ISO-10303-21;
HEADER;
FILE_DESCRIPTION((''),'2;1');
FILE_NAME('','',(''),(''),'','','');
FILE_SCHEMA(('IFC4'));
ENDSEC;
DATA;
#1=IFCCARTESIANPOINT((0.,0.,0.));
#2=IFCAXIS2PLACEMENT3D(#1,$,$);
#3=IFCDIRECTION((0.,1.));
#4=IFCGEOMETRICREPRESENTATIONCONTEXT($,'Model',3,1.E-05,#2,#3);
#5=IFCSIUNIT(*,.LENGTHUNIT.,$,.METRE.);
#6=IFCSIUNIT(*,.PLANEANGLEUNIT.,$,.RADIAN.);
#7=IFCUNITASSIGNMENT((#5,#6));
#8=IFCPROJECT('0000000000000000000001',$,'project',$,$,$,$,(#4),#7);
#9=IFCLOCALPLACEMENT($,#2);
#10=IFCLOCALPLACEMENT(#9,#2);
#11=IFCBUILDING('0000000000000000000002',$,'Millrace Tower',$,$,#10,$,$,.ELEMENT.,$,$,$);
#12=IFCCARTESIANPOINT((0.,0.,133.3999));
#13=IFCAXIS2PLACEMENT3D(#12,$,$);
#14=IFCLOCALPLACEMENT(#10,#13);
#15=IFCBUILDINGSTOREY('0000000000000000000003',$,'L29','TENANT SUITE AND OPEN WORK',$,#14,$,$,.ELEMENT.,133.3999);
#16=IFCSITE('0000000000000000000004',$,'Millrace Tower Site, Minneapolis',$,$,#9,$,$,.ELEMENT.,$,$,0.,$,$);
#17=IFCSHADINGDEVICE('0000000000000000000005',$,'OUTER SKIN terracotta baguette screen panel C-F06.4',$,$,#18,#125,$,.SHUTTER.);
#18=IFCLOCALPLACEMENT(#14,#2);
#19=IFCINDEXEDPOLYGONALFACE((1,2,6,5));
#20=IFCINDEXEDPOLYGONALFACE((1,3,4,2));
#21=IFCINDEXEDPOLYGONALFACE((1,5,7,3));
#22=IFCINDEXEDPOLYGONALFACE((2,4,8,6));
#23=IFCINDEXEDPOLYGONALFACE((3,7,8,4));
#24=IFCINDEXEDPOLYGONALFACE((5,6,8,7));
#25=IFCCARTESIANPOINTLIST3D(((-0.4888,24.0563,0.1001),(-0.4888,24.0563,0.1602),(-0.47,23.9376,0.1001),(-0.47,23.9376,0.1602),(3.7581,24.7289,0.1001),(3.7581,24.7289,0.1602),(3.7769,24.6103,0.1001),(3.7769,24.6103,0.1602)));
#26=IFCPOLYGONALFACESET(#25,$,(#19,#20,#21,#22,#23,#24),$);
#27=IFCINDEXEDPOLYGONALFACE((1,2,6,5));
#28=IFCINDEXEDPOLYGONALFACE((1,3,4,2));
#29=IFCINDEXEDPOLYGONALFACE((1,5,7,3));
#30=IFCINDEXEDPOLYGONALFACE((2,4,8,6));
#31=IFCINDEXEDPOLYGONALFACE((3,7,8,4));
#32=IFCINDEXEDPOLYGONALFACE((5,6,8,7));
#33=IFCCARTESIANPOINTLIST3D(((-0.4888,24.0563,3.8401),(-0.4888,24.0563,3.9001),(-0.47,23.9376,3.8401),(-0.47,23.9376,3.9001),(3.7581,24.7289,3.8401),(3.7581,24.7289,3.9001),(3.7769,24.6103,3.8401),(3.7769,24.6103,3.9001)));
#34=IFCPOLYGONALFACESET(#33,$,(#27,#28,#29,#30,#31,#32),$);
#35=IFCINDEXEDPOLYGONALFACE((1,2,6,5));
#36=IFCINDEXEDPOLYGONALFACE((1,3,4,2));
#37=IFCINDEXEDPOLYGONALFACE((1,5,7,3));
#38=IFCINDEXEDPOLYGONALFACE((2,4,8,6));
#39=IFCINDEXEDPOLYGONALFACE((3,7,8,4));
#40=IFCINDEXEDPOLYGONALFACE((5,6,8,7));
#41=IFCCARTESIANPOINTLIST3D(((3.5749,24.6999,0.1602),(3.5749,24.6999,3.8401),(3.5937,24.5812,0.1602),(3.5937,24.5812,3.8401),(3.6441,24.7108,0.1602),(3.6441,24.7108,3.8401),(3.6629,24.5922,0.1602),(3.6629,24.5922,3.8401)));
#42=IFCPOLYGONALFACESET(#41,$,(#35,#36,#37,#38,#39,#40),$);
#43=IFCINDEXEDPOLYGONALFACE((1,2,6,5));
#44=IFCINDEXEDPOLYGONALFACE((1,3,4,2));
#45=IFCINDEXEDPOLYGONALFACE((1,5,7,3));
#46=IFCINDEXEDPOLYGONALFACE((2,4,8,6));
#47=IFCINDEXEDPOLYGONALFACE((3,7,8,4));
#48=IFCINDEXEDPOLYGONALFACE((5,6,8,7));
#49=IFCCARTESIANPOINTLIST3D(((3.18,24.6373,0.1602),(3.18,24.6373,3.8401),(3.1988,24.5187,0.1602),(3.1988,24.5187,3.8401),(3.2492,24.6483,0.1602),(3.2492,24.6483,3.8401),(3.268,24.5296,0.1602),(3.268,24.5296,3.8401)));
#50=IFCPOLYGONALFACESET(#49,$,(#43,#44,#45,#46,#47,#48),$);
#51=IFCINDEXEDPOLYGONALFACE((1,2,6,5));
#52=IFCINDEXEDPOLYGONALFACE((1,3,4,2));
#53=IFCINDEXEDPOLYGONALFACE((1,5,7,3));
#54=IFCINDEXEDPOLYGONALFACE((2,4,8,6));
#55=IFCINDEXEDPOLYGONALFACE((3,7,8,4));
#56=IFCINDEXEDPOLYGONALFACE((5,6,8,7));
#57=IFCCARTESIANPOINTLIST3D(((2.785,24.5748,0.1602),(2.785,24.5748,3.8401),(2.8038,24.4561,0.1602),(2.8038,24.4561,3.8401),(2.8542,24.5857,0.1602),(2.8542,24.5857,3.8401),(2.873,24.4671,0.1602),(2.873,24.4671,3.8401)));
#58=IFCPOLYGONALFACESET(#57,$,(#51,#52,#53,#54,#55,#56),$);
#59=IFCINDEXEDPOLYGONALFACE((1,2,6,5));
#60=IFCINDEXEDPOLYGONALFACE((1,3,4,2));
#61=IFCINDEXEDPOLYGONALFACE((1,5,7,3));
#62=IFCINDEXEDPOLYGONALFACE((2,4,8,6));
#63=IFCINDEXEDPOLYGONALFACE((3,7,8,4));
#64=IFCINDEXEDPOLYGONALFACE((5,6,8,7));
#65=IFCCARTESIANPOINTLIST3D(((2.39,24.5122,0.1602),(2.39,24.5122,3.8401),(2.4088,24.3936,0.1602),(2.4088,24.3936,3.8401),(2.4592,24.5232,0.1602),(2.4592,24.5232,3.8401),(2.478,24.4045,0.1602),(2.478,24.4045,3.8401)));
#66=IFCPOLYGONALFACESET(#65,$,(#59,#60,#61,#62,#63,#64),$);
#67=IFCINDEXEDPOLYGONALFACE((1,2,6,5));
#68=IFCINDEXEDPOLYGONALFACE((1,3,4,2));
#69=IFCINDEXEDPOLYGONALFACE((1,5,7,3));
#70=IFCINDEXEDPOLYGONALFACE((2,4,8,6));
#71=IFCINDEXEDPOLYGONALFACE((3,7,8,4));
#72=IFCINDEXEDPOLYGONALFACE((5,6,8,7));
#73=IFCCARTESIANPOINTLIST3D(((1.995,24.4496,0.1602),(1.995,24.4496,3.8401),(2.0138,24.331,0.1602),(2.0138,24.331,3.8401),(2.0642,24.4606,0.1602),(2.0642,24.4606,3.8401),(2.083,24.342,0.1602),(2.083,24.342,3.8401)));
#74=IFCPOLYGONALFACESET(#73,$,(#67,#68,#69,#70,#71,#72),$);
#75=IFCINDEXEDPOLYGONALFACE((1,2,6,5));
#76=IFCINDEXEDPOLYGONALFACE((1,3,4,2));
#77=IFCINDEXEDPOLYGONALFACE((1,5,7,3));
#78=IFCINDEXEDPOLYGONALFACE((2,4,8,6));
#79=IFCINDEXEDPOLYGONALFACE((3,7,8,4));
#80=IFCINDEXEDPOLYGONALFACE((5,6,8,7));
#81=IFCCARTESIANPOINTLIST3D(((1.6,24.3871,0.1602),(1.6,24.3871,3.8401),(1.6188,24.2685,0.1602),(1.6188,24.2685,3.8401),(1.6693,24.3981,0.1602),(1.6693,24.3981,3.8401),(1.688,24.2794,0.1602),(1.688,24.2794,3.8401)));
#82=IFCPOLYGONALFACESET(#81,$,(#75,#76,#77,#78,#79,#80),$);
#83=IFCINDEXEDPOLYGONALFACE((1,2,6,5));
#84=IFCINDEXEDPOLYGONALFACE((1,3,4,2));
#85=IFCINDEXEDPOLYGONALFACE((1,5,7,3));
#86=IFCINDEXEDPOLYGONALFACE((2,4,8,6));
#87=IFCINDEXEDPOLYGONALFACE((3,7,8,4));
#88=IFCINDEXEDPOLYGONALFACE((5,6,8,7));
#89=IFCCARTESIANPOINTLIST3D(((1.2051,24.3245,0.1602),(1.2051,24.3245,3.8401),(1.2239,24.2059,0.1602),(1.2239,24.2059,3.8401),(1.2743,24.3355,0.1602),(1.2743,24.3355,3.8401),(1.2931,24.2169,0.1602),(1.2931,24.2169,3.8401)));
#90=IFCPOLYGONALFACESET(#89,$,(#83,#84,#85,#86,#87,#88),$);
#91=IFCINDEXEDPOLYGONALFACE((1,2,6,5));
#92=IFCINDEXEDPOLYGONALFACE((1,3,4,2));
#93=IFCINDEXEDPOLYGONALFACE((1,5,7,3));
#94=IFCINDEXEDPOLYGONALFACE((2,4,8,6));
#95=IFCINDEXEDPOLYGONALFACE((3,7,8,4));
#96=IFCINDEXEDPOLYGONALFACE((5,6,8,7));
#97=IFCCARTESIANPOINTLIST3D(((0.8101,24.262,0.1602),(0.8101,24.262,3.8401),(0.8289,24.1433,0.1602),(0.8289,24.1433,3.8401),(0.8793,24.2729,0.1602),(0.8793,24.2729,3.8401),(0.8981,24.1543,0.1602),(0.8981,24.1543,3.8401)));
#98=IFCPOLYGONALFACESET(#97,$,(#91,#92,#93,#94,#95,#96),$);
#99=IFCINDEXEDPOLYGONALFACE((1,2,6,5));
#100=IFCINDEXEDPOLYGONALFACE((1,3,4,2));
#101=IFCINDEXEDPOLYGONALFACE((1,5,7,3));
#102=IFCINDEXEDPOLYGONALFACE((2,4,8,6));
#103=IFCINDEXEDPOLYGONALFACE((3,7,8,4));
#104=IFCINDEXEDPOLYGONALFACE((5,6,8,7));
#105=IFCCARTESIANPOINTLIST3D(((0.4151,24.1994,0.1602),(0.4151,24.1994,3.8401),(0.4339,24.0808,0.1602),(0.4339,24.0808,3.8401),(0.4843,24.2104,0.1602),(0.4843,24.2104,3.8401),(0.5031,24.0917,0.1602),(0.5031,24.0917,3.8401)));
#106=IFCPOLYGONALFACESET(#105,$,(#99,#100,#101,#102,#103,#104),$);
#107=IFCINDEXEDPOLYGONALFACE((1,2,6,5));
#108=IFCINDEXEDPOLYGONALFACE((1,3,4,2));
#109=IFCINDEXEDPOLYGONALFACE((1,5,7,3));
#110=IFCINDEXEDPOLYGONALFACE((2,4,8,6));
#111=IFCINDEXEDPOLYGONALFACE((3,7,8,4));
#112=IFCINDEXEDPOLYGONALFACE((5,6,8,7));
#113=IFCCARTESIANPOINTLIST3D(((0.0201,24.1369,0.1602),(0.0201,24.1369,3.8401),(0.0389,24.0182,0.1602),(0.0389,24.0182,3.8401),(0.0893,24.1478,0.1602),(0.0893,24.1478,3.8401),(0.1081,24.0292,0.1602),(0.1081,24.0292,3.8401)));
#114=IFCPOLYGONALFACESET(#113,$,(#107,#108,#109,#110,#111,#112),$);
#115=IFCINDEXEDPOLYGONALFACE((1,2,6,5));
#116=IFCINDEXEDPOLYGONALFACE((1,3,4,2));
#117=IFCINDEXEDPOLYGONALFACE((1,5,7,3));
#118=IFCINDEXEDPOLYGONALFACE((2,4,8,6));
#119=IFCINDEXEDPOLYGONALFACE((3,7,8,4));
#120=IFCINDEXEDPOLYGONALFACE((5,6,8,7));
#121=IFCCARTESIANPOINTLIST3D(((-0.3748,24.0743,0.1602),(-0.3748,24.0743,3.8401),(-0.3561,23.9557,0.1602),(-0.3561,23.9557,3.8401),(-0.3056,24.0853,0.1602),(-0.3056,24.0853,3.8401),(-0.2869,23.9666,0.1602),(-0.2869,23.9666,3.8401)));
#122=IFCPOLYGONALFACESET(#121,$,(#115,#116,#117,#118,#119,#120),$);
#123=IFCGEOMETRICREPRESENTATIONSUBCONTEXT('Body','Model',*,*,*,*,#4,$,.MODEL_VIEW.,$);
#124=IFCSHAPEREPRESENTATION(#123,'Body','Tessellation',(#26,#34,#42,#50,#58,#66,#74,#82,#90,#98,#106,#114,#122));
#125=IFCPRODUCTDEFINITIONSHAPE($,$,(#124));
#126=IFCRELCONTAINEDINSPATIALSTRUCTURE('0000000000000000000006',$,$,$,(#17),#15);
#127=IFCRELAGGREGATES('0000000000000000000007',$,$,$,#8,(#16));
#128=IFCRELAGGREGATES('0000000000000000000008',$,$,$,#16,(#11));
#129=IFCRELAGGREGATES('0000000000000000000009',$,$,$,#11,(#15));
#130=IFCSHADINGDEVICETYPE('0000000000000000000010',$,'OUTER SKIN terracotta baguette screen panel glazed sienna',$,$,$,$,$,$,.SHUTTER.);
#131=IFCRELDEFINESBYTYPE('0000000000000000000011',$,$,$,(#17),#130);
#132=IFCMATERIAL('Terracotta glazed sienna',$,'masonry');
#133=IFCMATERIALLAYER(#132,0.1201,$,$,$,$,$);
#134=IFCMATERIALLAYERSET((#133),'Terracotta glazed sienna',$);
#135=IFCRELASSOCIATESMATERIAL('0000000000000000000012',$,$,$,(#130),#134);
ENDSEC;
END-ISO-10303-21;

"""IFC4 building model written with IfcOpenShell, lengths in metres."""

from ifc_helpers import new_model, entity, si_unit, direction, frame, frame_2d, origin, origin_2d, place, context, subcontext, project, spatial, rectangle, extrude, source, transform, mapped, material, layer, layer_set, type_object, element, save


model = new_model("IFC4")

# Units and contexts
model_context = context("Model", 3, precision=1e-05, world=origin(), true_north=direction((0.0, 1.0)))
body_context = subcontext(model_context, "Body", "Model", "MODEL_VIEW")
ifc_project = project(units=[si_unit("LENGTHUNIT", "METRE"), si_unit("PLANEANGLEUNIT", "RADIAN")], contexts=[model_context])

# Site, building, storey
site_placement = place(None, origin())
site = spatial("IfcSite", under=ifc_project, at=site_placement, Name="Millrace Tower Site, Minneapolis", CompositionType="ELEMENT", RefElevation=0.0)
building_placement = place(site_placement, origin())
building = spatial("IfcBuilding", under=site, at=building_placement, Name="Millrace Tower", CompositionType="ELEMENT")
storey_placement = place(building_placement, frame((0.0, 0.0, 133.3999)))
storey = spatial("IfcBuildingStorey", under=building, at=storey_placement, Name="L29", Description="TENANT SUITE AND OPEN WORK", CompositionType="ELEMENT", Elevation=133.3999)

# Shading device
ifc_material_1 = material(Name="Terracotta glazed sienna", Category="masonry")
ifc_layer_1 = layer(ifc_material_1, 0.1201)
ifc_layer_set_1 = layer_set([ifc_layer_1], Name="Terracotta glazed sienna")
shading_device_type = type_object("IfcShadingDeviceType", Name="OUTER SKIN terracotta baguette screen panel glazed sienna", PredefinedType="SHUTTER", material=ifc_layer_set_1)
cartesian_point_1 = entity("IfcCartesianPoint", [-2.1499, 0.0601])
shared_polyline_1 = entity("IfcPolyline", [cartesian_point_1, entity("IfcCartesianPoint", [2.1499, 0.0601]), entity("IfcCartesianPoint", [2.1499, -0.0601]), entity("IfcCartesianPoint", [-2.1499, -0.0601]), cartesian_point_1])
shared_shape_1 = source(origin(), body_context, "Body", "SweptSolid", [
    entity("IfcExtrudedAreaSolid", entity("IfcArbitraryClosedProfileDef", "AREA", None, shared_polyline_1), entity("IfcAxis2Placement3D", entity("IfcCartesianPoint", [0.0, 0.0, 0.0])), entity("IfcDirection", [0.0, 0.0, 1.0]), 0.0601),
    entity("IfcExtrudedAreaSolid", entity("IfcArbitraryClosedProfileDef", "AREA", None, shared_polyline_1), entity("IfcAxis2Placement3D", entity("IfcCartesianPoint", [0.0, 0.0, 3.74])), entity("IfcDirection", [0.0, 0.0, 1.0]), 0.0601),
    extrude(rectangle(XDim=0.0701, YDim=0.1201, at=frame_2d((-1.9995, 0.0))), frame((0.0, 0.0, 0.0601)), (0.0, 0.0, 1.0), 3.6799),
    extrude(rectangle(XDim=0.0701, YDim=0.1201, at=frame_2d((-1.5996, 0.0))), frame((0.0, 0.0, 0.0601)), (0.0, 0.0, 1.0), 3.6799),
    extrude(rectangle(XDim=0.0701, YDim=0.1201, at=frame_2d((-1.1997, 0.0))), frame((0.0, 0.0, 0.0601)), (0.0, 0.0, 1.0), 3.6799),
    extrude(rectangle(XDim=0.0701, YDim=0.1201, at=frame_2d((-0.7998, 0.0))), frame((0.0, 0.0, 0.0601)), (0.0, 0.0, 1.0), 3.6799),
    extrude(rectangle(XDim=0.0701, YDim=0.1201, at=frame_2d((-0.3999, 0.0))), frame((0.0, 0.0, 0.0601)), (0.0, 0.0, 1.0), 3.6799),
    extrude(rectangle(XDim=0.0701, YDim=0.1201, at=origin_2d()), frame((0.0, 0.0, 0.0601)), (0.0, 0.0, 1.0), 3.6799),
    extrude(rectangle(XDim=0.0701, YDim=0.1201, at=frame_2d((0.3999, 0.0))), frame((0.0, 0.0, 0.0601)), (0.0, 0.0, 1.0), 3.6799),
    extrude(rectangle(XDim=0.0701, YDim=0.1201, at=frame_2d((0.7998, 0.0))), frame((0.0, 0.0, 0.0601)), (0.0, 0.0, 1.0), 3.6799),
    extrude(rectangle(XDim=0.0701, YDim=0.1201, at=frame_2d((1.1997, 0.0))), frame((0.0, 0.0, 0.0601)), (0.0, 0.0, 1.0), 3.6799),
    extrude(rectangle(XDim=0.0701, YDim=0.1201, at=frame_2d((1.5996, 0.0))), frame((0.0, 0.0, 0.0601)), (0.0, 0.0, 1.0), 3.6799),
    extrude(rectangle(XDim=0.0701, YDim=0.1201, at=frame_2d((1.9995, 0.0))), frame((0.0, 0.0, 0.0601)), (0.0, 0.0, 1.0), 3.6799),
])
for number, where, z_axis, x_axis, name in (
    (1, (1.644, 24.3333, 0.1001), (0.0, 0.0, 1.0), (-0.987688, -0.156434, 0.0), "OUTER SKIN terracotta baguette screen panel C-F06.4"),
):
    element("IfcShadingDevice", number, at=place(storey_placement, frame(where, z_axis=z_axis, x_axis=x_axis)), inside=storey, type_object=shading_device_type, Name=name, PredefinedType="SHUTTER", context=body_context, shape_type="MappedRepresentation", body=[
        mapped(shared_shape_1, transform((0.0, 0.0, 0.0), scale=1.0)),
    ])

save(model, "model.ifc")
